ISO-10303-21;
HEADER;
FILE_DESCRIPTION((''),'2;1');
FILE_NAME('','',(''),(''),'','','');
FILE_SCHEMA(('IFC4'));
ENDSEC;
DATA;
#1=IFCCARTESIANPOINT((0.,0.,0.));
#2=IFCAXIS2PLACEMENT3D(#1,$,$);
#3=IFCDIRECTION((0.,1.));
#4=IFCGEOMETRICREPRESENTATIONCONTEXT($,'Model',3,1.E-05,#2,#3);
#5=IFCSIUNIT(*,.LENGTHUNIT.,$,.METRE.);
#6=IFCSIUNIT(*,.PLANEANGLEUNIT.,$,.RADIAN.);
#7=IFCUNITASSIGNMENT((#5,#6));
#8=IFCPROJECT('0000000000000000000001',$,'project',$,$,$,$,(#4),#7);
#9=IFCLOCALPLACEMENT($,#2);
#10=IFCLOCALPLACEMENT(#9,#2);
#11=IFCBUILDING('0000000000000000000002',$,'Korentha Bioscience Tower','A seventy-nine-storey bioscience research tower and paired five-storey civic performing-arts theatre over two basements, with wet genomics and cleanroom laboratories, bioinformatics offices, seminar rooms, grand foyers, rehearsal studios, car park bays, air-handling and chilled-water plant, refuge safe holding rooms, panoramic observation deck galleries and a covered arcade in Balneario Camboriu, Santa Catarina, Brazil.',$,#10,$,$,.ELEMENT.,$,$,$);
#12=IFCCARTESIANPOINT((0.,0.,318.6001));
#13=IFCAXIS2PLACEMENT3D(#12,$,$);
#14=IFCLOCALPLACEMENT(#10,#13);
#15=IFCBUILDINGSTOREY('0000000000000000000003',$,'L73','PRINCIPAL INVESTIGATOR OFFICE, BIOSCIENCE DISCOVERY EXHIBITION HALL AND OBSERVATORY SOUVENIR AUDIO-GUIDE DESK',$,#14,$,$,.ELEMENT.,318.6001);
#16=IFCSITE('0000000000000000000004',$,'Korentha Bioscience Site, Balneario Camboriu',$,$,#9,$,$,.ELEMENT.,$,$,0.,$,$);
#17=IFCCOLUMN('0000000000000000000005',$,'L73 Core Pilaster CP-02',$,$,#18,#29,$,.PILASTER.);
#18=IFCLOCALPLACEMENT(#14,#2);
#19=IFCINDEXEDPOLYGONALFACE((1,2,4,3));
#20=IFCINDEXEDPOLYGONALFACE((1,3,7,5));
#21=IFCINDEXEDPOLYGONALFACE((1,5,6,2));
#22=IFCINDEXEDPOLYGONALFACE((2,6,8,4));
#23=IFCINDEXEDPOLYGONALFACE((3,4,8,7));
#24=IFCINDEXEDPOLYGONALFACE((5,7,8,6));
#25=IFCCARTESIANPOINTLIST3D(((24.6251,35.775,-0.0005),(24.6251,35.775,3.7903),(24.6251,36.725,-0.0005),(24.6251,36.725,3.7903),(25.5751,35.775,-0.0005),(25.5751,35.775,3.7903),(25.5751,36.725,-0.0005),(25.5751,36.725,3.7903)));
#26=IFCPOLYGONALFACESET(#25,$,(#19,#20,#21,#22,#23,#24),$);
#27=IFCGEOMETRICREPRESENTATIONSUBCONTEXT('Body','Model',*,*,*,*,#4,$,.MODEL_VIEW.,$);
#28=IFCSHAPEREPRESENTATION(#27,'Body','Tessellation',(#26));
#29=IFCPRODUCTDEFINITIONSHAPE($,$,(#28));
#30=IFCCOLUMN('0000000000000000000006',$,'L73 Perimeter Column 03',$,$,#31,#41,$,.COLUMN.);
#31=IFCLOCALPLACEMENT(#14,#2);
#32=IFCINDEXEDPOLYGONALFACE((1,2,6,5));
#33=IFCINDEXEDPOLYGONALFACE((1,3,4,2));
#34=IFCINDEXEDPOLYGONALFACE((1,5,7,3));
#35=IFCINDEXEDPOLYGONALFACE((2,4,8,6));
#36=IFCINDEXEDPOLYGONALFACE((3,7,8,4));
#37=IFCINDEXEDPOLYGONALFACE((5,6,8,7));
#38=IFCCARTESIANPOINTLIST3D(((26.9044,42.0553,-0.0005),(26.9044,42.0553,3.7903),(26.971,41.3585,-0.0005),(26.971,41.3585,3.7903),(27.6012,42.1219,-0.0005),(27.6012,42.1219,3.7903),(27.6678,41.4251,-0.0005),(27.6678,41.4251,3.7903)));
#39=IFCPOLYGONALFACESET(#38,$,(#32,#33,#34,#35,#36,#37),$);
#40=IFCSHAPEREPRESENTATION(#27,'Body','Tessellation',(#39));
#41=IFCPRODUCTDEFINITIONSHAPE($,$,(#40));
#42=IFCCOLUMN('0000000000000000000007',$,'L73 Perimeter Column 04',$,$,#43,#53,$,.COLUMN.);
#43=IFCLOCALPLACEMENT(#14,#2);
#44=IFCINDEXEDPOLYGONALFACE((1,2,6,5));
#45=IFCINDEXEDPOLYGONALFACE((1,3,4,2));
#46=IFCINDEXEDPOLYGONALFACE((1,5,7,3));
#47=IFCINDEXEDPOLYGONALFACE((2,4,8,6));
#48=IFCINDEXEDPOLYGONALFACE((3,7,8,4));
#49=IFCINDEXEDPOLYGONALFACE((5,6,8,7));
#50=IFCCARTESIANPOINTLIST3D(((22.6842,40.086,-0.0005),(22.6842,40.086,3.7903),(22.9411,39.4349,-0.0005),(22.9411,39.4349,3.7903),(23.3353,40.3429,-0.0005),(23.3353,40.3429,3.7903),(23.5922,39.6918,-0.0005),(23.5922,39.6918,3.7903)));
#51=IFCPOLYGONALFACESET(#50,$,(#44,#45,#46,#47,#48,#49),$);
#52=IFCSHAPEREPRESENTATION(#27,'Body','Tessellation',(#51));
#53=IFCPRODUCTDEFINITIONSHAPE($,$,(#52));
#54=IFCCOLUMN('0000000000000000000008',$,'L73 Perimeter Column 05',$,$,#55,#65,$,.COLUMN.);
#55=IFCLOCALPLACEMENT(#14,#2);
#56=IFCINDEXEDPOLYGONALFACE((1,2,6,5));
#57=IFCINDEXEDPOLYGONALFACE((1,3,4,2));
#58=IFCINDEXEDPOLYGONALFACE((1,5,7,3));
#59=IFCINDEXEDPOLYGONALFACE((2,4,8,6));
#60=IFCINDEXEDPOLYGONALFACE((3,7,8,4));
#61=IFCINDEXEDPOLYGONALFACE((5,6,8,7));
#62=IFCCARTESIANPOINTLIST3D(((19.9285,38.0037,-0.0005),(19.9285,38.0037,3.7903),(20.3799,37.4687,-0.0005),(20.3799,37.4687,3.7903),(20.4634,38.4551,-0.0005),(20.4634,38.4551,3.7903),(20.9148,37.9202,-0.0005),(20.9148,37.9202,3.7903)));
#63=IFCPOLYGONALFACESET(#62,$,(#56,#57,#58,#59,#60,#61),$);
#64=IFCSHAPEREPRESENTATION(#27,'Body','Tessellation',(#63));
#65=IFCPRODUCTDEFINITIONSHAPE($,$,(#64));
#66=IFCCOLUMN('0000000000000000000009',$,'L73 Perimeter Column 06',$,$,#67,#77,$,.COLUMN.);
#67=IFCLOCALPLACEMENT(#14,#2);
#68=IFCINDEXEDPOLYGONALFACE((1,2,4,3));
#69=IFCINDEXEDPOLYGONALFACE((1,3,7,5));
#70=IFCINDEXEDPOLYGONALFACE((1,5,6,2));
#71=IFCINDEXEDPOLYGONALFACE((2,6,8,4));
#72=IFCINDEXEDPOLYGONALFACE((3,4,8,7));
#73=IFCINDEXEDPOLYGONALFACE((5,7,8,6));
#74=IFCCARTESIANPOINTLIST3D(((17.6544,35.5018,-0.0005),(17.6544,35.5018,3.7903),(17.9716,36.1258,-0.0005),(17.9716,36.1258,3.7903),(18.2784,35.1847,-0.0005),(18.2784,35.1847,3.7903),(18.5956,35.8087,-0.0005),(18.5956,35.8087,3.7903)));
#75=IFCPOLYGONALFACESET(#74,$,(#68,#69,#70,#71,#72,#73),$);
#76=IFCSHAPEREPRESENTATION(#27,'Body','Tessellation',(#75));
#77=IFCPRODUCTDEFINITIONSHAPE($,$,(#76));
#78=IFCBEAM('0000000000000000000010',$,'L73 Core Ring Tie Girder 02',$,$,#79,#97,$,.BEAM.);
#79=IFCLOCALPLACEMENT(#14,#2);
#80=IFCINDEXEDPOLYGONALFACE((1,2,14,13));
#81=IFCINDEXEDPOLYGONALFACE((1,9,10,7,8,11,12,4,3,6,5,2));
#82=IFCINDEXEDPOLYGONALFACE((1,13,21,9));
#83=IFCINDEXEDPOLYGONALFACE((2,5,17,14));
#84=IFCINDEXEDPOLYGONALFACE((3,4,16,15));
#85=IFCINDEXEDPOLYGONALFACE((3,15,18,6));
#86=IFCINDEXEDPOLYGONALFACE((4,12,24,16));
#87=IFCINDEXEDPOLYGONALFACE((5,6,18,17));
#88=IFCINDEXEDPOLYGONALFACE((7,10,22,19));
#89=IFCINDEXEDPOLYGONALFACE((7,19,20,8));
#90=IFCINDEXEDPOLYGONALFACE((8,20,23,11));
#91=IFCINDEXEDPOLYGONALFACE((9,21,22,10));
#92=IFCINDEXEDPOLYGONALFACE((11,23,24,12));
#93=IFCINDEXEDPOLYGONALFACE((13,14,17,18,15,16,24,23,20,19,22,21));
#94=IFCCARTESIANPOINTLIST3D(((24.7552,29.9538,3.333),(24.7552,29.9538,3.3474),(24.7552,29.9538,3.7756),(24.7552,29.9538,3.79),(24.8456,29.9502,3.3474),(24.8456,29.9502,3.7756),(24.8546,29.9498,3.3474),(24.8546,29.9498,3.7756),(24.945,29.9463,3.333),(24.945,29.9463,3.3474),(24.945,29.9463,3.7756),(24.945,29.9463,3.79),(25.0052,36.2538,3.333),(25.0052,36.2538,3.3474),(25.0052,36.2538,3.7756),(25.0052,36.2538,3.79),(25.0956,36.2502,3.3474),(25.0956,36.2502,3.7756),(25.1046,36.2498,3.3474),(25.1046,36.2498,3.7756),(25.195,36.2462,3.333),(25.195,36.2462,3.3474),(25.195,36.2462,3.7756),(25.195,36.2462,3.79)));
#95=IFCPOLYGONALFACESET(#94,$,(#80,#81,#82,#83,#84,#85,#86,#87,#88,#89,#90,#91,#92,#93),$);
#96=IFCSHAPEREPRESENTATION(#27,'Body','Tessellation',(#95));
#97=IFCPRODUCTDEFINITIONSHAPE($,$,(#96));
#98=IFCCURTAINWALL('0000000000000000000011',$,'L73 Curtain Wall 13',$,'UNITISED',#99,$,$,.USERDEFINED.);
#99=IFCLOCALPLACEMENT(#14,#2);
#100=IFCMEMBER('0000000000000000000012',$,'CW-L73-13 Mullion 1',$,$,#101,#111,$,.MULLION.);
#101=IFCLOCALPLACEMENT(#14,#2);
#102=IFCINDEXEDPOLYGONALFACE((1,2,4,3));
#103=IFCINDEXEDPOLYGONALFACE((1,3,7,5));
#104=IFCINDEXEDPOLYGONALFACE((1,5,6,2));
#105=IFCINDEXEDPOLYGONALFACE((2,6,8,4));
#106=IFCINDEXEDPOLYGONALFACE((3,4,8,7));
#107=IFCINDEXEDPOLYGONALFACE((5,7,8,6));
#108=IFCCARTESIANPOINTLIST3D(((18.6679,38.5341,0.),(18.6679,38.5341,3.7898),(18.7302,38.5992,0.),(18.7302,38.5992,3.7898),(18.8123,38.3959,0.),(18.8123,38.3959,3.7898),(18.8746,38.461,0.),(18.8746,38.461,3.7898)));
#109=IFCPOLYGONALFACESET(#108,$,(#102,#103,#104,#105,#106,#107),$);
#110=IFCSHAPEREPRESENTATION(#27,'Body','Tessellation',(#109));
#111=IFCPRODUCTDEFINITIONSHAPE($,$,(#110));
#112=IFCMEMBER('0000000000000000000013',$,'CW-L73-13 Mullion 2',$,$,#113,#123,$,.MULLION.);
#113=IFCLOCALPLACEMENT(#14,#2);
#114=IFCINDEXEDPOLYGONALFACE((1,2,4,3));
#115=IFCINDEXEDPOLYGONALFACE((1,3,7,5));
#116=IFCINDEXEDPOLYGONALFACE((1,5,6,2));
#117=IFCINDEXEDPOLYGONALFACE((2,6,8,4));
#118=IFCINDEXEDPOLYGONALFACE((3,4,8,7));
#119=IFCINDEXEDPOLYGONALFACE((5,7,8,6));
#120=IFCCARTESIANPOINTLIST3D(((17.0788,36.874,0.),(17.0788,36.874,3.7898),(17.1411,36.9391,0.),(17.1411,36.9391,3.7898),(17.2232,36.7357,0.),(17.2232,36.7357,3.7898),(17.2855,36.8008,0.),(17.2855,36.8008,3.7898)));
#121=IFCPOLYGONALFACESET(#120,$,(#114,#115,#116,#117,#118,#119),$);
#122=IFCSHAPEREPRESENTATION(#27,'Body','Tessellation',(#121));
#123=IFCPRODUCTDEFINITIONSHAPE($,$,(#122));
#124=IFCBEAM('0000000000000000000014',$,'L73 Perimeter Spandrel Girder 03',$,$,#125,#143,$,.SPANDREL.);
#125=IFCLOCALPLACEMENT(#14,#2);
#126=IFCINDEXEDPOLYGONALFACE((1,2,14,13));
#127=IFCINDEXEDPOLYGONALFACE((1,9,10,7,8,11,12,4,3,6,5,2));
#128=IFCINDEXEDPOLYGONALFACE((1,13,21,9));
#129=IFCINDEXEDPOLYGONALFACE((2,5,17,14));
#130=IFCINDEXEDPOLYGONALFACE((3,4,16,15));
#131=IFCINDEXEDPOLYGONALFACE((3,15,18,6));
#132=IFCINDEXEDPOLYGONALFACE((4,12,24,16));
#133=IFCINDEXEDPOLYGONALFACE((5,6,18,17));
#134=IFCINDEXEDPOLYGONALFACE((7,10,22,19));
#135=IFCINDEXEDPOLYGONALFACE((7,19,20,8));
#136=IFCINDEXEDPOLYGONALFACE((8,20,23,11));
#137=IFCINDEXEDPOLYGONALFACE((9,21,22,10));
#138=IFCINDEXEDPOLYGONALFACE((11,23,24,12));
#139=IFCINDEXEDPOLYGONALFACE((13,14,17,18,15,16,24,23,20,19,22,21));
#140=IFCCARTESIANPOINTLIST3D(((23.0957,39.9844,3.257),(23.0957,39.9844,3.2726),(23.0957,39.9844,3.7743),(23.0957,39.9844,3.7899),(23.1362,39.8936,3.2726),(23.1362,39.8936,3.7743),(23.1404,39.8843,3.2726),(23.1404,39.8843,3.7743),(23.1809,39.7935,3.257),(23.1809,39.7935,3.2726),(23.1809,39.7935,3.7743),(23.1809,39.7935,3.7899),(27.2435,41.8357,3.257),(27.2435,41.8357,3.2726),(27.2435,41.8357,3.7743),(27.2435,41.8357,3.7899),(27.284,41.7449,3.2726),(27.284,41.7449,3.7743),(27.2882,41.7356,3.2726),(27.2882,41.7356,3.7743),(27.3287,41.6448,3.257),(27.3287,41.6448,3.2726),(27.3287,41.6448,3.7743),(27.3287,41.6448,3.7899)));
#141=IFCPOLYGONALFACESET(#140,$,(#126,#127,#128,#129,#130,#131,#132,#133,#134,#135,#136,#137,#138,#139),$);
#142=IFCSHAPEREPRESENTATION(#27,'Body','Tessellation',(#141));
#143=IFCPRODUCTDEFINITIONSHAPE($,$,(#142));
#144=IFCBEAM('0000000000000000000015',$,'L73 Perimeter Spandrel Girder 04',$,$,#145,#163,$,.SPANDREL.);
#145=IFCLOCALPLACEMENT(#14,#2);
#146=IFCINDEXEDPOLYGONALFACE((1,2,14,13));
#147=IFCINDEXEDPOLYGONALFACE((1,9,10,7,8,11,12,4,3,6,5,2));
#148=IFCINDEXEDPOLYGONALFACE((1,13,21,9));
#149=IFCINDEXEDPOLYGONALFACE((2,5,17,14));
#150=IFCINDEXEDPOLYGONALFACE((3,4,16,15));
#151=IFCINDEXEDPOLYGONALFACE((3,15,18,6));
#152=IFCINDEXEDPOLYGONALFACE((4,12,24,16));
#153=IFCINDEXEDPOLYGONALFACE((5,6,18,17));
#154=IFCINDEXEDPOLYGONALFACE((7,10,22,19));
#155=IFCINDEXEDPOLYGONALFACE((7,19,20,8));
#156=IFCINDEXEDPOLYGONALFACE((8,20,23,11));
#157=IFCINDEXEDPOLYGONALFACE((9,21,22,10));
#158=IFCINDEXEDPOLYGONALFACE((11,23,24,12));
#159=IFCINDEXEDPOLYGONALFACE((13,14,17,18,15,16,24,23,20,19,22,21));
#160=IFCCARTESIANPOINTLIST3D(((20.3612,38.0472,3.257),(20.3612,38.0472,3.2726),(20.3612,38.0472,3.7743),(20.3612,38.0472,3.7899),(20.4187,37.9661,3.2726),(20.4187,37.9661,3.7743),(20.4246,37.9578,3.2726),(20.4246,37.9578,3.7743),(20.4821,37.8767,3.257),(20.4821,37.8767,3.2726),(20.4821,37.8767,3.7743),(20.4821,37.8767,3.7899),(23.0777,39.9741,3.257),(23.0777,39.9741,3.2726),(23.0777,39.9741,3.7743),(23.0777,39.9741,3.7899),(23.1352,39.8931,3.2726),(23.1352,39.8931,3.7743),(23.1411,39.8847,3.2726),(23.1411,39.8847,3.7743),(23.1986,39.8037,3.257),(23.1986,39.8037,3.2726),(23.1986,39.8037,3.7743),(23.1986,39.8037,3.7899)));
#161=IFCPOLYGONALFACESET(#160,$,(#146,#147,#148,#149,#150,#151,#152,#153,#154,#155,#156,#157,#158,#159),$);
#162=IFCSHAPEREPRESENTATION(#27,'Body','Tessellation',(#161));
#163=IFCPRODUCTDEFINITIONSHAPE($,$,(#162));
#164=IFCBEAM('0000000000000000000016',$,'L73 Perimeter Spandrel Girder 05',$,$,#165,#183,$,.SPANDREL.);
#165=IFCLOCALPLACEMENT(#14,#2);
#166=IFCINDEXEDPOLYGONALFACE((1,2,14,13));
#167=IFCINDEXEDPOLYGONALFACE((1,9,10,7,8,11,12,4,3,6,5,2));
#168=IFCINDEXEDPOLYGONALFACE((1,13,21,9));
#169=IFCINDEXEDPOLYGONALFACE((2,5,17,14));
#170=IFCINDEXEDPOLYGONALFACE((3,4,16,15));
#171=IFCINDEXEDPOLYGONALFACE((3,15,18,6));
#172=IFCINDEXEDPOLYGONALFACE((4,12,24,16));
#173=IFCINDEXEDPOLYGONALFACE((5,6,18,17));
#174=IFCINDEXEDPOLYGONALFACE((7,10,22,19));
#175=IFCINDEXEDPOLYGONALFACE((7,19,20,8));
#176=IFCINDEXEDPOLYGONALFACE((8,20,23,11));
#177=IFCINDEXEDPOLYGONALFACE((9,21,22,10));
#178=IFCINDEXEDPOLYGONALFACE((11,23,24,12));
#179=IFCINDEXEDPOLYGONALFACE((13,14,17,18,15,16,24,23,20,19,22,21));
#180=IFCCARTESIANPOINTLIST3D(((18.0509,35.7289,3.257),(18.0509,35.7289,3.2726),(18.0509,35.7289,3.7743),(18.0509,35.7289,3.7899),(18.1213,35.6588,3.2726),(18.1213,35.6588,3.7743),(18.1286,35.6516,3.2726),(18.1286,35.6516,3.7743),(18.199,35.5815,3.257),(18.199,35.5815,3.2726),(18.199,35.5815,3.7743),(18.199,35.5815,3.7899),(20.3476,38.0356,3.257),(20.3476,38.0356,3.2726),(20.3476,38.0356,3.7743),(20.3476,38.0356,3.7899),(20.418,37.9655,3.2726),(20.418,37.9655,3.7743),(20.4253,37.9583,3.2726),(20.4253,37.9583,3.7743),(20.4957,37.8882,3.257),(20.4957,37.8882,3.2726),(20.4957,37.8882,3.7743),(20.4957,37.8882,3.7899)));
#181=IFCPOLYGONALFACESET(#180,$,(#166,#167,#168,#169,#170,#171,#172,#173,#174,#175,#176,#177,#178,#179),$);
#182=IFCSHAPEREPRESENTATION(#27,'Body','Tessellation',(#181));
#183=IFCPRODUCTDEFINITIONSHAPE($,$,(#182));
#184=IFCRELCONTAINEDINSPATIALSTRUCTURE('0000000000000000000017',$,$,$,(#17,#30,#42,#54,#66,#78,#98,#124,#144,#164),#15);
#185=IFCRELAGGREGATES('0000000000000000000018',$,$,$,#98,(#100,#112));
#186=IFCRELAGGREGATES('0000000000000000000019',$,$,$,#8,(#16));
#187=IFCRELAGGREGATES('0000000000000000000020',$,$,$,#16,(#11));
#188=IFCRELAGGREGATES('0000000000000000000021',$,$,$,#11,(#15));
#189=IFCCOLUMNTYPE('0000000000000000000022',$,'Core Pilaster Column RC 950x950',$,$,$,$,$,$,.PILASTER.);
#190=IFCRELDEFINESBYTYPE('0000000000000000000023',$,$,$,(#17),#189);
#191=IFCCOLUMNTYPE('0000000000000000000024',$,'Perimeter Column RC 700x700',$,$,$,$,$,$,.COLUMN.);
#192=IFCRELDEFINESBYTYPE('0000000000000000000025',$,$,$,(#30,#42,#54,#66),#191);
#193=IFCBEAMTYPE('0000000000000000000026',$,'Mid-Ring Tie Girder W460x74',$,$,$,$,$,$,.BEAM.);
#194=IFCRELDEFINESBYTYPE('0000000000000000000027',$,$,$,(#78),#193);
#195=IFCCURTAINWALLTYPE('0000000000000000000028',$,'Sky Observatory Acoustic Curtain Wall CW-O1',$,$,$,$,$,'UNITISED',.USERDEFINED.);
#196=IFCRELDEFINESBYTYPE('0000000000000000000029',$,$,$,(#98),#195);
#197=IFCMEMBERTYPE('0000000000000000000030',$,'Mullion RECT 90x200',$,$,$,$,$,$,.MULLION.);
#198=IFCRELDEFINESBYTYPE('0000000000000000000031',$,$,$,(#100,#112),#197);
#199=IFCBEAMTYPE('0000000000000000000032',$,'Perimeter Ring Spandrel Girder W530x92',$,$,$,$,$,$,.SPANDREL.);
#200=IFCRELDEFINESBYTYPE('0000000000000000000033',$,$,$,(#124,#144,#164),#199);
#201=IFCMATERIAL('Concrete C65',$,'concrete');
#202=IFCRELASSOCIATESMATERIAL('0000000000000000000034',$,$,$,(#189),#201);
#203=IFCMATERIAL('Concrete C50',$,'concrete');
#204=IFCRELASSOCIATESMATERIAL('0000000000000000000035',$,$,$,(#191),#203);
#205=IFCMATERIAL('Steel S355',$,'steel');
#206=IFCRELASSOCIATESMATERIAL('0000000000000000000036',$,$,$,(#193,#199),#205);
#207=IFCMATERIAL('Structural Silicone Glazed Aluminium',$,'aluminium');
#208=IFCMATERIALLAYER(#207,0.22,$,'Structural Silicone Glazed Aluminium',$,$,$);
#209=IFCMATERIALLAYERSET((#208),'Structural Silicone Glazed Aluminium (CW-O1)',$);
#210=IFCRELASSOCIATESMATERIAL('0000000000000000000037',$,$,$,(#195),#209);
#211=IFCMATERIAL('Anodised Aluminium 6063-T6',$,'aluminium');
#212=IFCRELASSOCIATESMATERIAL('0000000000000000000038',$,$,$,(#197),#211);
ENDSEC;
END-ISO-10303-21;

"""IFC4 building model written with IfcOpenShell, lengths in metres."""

from ifc_helpers import new_model, si_unit, direction, frame, origin, origin_2d, place, context, subcontext, project, spatial, rectangle, i_section, extrude, material, layer, layer_set, material_profile, profile_set, type_object, element, aggregate, save


model = new_model("IFC4")

# Units and contexts
model_context = context("Model", 3, precision=1e-05, world=origin(), true_north=direction((0.0, 1.0)))
body_context = subcontext(model_context, "Body", "Model", "MODEL_VIEW")
ifc_project = project(units=[si_unit("LENGTHUNIT", "METRE"), si_unit("PLANEANGLEUNIT", "RADIAN")], contexts=[model_context])

# Site, building, storey
site_placement = place(None, origin())
site = spatial("IfcSite", under=ifc_project, at=site_placement, Name="Korentha Bioscience Site, Balneario Camboriu", CompositionType="ELEMENT", RefElevation=0.0)
building_placement = place(site_placement, origin())
building = spatial("IfcBuilding", under=site, at=building_placement, Name="Korentha Bioscience Tower", Description="A seventy-nine-storey bioscience research tower and paired five-storey civic performing-arts theatre over two basements, with wet genomics and cleanroom laboratories, bioinformatics offices, seminar rooms, grand foyers, rehearsal studios, car park bays, air-handling and chilled-water plant, refuge safe holding rooms, panoramic observation deck galleries and a covered arcade in Balneario Camboriu, Santa Catarina, Brazil.", CompositionType="ELEMENT")
storey_placement = place(building_placement, frame((0.0, 0.0, 318.6001)))
storey = spatial("IfcBuildingStorey", under=building, at=storey_placement, Name="L73", Description="PRINCIPAL INVESTIGATOR OFFICE, BIOSCIENCE DISCOVERY EXHIBITION HALL AND OBSERVATORY SOUVENIR AUDIO-GUIDE DESK", CompositionType="ELEMENT", Elevation=318.6001)

# Columns
ifc_material_1 = material(Name="Concrete C65", Category="concrete")
ifc_material_profile_1 = material_profile(ifc_material_1, rectangle(XDim=0.95, YDim=0.95, at=origin_2d()), Name="Concrete C65")
ifc_profile_set_1 = profile_set([ifc_material_profile_1], Name="Concrete C65 (COL-CP09)")
column_type_1 = type_object("IfcColumnType", Name="Core Pilaster Column RC 950x950", PredefinedType="PILASTER", material=ifc_profile_set_1)
column_placement = place(storey_placement, frame((25.1001, 36.25, -0.0005), z_axis=(0.0, 0.0, 1.0), x_axis=(1.0, 0.0, 0.0)))
element("IfcColumn", 1, at=column_placement, inside=storey, type_object=column_type_1, Name="L73 Core Pilaster CP-02", PredefinedType="PILASTER", context=body_context, shape_type="SweptSolid", body=[
    extrude(rectangle(XDim=0.95, YDim=0.95, at=origin_2d()), origin(), (0.0, 0.0, 1.0), 3.7908),
])
ifc_material_2 = material(Name="Concrete C50", Category="concrete")
ifc_material_profile_2 = material_profile(ifc_material_2, rectangle(XDim=0.7, YDim=0.7, at=origin_2d()), Name="Concrete C50")
ifc_profile_set_2 = profile_set([ifc_material_profile_2], Name="Concrete C50 (COL-P07)")
column_type_2 = type_object("IfcColumnType", Name="Perimeter Column RC 700x700", PredefinedType="COLUMN", material=ifc_profile_set_2)
for number, where, z_axis, x_axis, name in (
    (2, (27.2861, 41.7402, -0.0005), (0.0, 0.0, 1.0), (0.995463, 0.095151, 0.0), "L73 Perimeter Column 03"),
    (3, (23.1382, 39.8889, -0.0005), (0.0, 0.0, 1.0), (0.930226, 0.366988, 0.0), "L73 Perimeter Column 04"),
    (4, (20.4216, 37.9619, -0.0005), (0.0, 0.0, 1.0), (0.764246, 0.644924, 0.0), "L73 Perimeter Column 05"),
    (5, (18.125, 35.6553, -0.0005), (0.0, 0.0, 1.0), (0.453057, 0.891481, 0.0), "L73 Perimeter Column 06"),
):
    element("IfcColumn", number, at=place(storey_placement, frame(where, z_axis=z_axis, x_axis=x_axis)), inside=storey, type_object=column_type_2, Name=name, PredefinedType="COLUMN", context=body_context, shape_type="SweptSolid", body=[
        extrude(rectangle(XDim=0.7, YDim=0.7, at=origin_2d()), origin(), (0.0, 0.0, 1.0), 3.7908),
    ])

# Beam
ifc_material_3 = material(Name="Steel S355", Category="steel")
ifc_material_profile_3 = material_profile(ifc_material_3, i_section(OverallWidth=0.1899, OverallDepth=0.457, WebThickness=0.009, FlangeThickness=0.0144, at=origin_2d()), Name="Steel S355")
ifc_profile_set_3 = profile_set([ifc_material_profile_3], Name="Steel S355 (MB-460)")
beam_type_1 = type_object("IfcBeamType", Name="Mid-Ring Tie Girder W460x74", PredefinedType="BEAM", material=ifc_profile_set_3)
beam_1_placement = place(storey_placement, frame((25.1001, 36.25, 3.5615), z_axis=(-0.039651, -0.999214, 0.0), x_axis=(0.999214, -0.039651, 0.0)))
element("IfcBeam", 6, at=beam_1_placement, inside=storey, type_object=beam_type_1, Name="L73 Core Ring Tie Girder 02", PredefinedType="BEAM", context=body_context, shape_type="SweptSolid", body=[
    extrude(i_section(OverallWidth=0.1899, OverallDepth=0.457, WebThickness=0.009, FlangeThickness=0.0144, at=origin_2d()), origin(), (0.0, 0.0, 1.0), 6.3049),
])

# Curtain wall, members
ifc_material_4 = material(Name="Structural Silicone Glazed Aluminium", Category="aluminium")
ifc_layer_1 = layer(ifc_material_4, 0.22, Name="Structural Silicone Glazed Aluminium")
ifc_layer_set_1 = layer_set([ifc_layer_1], Name="Structural Silicone Glazed Aluminium (CW-O1)")
curtain_wall_type = type_object("IfcCurtainWallType", Name="Sky Observatory Acoustic Curtain Wall CW-O1", ElementType="UNITISED", PredefinedType="USERDEFINED", material=ifc_layer_set_1)
curtain_wall_placement = place(storey_placement, origin())
curtain_wall = element("IfcCurtainWall", 7, at=curtain_wall_placement, inside=storey, type_object=curtain_wall_type, Name="L73 Curtain Wall 13", ObjectType="UNITISED", PredefinedType="USERDEFINED")
ifc_material_5 = material(Name="Anodised Aluminium 6063-T6", Category="aluminium")
ifc_material_profile_4 = material_profile(ifc_material_5, rectangle(XDim=0.0901, YDim=0.2, at=origin_2d()), Name="Anodised Aluminium 6063-T6")
ifc_profile_set_4 = profile_set([ifc_material_profile_4], Name="Anodised Aluminium 6063-T6 (CW-MUL)")
member_type_1 = type_object("IfcMemberType", Name="Mullion RECT 90x200", PredefinedType="MULLION", material=ifc_profile_set_4)
member_1_placement = place(storey_placement, frame((18.7712, 38.4976, 0.0), z_axis=(0.0, 0.0, 1.0), x_axis=(-0.691464, -0.722411, 0.0)))
member_1 = element("IfcMember", 8, at=member_1_placement, type_object=member_type_1, Name="CW-L73-13 Mullion 1", PredefinedType="MULLION", context=body_context, shape_type="SweptSolid", body=[
    extrude(rectangle(XDim=0.0901, YDim=0.2, at=origin_2d()), origin(), (0.0, 0.0, 1.0), 3.7898),
])
member_2_placement = place(storey_placement, frame((17.1821, 36.8374, 0.0), z_axis=(0.0, 0.0, 1.0), x_axis=(-0.691464, -0.722411, 0.0)))
member_2 = element("IfcMember", 9, at=member_2_placement, type_object=member_type_1, Name="CW-L73-13 Mullion 2", PredefinedType="MULLION", context=body_context, shape_type="SweptSolid", body=[
    extrude(rectangle(XDim=0.0901, YDim=0.2, at=origin_2d()), origin(), (0.0, 0.0, 1.0), 3.7898),
])

# Beams
ifc_material_profile_5 = material_profile(ifc_material_3, i_section(OverallWidth=0.209, OverallDepth=0.533, WebThickness=0.0103, FlangeThickness=0.0156, at=origin_2d()), Name="Steel S355")
ifc_profile_set_5 = profile_set([ifc_material_profile_5], Name="Steel S355 (SB-530)")
beam_type_2 = type_object("IfcBeamType", Name="Perimeter Ring Spandrel Girder W530x92", PredefinedType="SPANDREL", material=ifc_profile_set_5)
beam_2_placement = place(storey_placement, frame((27.2861, 41.7402, 3.5234), z_axis=(-0.913174, -0.407569, 0.0), x_axis=(0.407569, -0.913174, 0.0)))
element("IfcBeam", 10, at=beam_2_placement, inside=storey, type_object=beam_type_2, Name="L73 Perimeter Spandrel Girder 03", PredefinedType="SPANDREL", context=body_context, shape_type="SweptSolid", body=[
    extrude(i_section(OverallWidth=0.209, OverallDepth=0.533, WebThickness=0.0103, FlangeThickness=0.0156, at=origin_2d()), origin(), (0.0, 0.0, 1.0), 4.5422),
])
beam_3_placement = place(storey_placement, frame((23.1382, 39.8889, 3.5234), z_axis=(-0.815631, -0.578572, 0.0), x_axis=(0.578572, -0.815631, 0.0)))
element("IfcBeam", 11, at=beam_3_placement, inside=storey, type_object=beam_type_2, Name="L73 Perimeter Spandrel Girder 04", PredefinedType="SPANDREL", context=body_context, shape_type="SweptSolid", body=[
    extrude(i_section(OverallWidth=0.209, OverallDepth=0.533, WebThickness=0.0103, FlangeThickness=0.0156, at=origin_2d()), origin(), (0.0, 0.0, 1.0), 3.3306),
])
beam_4_placement = place(storey_placement, frame((20.4216, 37.9619, 3.5234), z_axis=(-0.705568, -0.708643, 0.0), x_axis=(0.708643, -0.705568, 0.0)))
element("IfcBeam", 12, at=beam_4_placement, inside=storey, type_object=beam_type_2, Name="L73 Perimeter Spandrel Girder 05", PredefinedType="SPANDREL", context=body_context, shape_type="SweptSolid", body=[
    extrude(i_section(OverallWidth=0.209, OverallDepth=0.533, WebThickness=0.0103, FlangeThickness=0.0156, at=origin_2d()), origin(), (0.0, 0.0, 1.0), 3.2551),
])

aggregate(curtain_wall, [member_1, member_2])

save(model, "model.ifc")
